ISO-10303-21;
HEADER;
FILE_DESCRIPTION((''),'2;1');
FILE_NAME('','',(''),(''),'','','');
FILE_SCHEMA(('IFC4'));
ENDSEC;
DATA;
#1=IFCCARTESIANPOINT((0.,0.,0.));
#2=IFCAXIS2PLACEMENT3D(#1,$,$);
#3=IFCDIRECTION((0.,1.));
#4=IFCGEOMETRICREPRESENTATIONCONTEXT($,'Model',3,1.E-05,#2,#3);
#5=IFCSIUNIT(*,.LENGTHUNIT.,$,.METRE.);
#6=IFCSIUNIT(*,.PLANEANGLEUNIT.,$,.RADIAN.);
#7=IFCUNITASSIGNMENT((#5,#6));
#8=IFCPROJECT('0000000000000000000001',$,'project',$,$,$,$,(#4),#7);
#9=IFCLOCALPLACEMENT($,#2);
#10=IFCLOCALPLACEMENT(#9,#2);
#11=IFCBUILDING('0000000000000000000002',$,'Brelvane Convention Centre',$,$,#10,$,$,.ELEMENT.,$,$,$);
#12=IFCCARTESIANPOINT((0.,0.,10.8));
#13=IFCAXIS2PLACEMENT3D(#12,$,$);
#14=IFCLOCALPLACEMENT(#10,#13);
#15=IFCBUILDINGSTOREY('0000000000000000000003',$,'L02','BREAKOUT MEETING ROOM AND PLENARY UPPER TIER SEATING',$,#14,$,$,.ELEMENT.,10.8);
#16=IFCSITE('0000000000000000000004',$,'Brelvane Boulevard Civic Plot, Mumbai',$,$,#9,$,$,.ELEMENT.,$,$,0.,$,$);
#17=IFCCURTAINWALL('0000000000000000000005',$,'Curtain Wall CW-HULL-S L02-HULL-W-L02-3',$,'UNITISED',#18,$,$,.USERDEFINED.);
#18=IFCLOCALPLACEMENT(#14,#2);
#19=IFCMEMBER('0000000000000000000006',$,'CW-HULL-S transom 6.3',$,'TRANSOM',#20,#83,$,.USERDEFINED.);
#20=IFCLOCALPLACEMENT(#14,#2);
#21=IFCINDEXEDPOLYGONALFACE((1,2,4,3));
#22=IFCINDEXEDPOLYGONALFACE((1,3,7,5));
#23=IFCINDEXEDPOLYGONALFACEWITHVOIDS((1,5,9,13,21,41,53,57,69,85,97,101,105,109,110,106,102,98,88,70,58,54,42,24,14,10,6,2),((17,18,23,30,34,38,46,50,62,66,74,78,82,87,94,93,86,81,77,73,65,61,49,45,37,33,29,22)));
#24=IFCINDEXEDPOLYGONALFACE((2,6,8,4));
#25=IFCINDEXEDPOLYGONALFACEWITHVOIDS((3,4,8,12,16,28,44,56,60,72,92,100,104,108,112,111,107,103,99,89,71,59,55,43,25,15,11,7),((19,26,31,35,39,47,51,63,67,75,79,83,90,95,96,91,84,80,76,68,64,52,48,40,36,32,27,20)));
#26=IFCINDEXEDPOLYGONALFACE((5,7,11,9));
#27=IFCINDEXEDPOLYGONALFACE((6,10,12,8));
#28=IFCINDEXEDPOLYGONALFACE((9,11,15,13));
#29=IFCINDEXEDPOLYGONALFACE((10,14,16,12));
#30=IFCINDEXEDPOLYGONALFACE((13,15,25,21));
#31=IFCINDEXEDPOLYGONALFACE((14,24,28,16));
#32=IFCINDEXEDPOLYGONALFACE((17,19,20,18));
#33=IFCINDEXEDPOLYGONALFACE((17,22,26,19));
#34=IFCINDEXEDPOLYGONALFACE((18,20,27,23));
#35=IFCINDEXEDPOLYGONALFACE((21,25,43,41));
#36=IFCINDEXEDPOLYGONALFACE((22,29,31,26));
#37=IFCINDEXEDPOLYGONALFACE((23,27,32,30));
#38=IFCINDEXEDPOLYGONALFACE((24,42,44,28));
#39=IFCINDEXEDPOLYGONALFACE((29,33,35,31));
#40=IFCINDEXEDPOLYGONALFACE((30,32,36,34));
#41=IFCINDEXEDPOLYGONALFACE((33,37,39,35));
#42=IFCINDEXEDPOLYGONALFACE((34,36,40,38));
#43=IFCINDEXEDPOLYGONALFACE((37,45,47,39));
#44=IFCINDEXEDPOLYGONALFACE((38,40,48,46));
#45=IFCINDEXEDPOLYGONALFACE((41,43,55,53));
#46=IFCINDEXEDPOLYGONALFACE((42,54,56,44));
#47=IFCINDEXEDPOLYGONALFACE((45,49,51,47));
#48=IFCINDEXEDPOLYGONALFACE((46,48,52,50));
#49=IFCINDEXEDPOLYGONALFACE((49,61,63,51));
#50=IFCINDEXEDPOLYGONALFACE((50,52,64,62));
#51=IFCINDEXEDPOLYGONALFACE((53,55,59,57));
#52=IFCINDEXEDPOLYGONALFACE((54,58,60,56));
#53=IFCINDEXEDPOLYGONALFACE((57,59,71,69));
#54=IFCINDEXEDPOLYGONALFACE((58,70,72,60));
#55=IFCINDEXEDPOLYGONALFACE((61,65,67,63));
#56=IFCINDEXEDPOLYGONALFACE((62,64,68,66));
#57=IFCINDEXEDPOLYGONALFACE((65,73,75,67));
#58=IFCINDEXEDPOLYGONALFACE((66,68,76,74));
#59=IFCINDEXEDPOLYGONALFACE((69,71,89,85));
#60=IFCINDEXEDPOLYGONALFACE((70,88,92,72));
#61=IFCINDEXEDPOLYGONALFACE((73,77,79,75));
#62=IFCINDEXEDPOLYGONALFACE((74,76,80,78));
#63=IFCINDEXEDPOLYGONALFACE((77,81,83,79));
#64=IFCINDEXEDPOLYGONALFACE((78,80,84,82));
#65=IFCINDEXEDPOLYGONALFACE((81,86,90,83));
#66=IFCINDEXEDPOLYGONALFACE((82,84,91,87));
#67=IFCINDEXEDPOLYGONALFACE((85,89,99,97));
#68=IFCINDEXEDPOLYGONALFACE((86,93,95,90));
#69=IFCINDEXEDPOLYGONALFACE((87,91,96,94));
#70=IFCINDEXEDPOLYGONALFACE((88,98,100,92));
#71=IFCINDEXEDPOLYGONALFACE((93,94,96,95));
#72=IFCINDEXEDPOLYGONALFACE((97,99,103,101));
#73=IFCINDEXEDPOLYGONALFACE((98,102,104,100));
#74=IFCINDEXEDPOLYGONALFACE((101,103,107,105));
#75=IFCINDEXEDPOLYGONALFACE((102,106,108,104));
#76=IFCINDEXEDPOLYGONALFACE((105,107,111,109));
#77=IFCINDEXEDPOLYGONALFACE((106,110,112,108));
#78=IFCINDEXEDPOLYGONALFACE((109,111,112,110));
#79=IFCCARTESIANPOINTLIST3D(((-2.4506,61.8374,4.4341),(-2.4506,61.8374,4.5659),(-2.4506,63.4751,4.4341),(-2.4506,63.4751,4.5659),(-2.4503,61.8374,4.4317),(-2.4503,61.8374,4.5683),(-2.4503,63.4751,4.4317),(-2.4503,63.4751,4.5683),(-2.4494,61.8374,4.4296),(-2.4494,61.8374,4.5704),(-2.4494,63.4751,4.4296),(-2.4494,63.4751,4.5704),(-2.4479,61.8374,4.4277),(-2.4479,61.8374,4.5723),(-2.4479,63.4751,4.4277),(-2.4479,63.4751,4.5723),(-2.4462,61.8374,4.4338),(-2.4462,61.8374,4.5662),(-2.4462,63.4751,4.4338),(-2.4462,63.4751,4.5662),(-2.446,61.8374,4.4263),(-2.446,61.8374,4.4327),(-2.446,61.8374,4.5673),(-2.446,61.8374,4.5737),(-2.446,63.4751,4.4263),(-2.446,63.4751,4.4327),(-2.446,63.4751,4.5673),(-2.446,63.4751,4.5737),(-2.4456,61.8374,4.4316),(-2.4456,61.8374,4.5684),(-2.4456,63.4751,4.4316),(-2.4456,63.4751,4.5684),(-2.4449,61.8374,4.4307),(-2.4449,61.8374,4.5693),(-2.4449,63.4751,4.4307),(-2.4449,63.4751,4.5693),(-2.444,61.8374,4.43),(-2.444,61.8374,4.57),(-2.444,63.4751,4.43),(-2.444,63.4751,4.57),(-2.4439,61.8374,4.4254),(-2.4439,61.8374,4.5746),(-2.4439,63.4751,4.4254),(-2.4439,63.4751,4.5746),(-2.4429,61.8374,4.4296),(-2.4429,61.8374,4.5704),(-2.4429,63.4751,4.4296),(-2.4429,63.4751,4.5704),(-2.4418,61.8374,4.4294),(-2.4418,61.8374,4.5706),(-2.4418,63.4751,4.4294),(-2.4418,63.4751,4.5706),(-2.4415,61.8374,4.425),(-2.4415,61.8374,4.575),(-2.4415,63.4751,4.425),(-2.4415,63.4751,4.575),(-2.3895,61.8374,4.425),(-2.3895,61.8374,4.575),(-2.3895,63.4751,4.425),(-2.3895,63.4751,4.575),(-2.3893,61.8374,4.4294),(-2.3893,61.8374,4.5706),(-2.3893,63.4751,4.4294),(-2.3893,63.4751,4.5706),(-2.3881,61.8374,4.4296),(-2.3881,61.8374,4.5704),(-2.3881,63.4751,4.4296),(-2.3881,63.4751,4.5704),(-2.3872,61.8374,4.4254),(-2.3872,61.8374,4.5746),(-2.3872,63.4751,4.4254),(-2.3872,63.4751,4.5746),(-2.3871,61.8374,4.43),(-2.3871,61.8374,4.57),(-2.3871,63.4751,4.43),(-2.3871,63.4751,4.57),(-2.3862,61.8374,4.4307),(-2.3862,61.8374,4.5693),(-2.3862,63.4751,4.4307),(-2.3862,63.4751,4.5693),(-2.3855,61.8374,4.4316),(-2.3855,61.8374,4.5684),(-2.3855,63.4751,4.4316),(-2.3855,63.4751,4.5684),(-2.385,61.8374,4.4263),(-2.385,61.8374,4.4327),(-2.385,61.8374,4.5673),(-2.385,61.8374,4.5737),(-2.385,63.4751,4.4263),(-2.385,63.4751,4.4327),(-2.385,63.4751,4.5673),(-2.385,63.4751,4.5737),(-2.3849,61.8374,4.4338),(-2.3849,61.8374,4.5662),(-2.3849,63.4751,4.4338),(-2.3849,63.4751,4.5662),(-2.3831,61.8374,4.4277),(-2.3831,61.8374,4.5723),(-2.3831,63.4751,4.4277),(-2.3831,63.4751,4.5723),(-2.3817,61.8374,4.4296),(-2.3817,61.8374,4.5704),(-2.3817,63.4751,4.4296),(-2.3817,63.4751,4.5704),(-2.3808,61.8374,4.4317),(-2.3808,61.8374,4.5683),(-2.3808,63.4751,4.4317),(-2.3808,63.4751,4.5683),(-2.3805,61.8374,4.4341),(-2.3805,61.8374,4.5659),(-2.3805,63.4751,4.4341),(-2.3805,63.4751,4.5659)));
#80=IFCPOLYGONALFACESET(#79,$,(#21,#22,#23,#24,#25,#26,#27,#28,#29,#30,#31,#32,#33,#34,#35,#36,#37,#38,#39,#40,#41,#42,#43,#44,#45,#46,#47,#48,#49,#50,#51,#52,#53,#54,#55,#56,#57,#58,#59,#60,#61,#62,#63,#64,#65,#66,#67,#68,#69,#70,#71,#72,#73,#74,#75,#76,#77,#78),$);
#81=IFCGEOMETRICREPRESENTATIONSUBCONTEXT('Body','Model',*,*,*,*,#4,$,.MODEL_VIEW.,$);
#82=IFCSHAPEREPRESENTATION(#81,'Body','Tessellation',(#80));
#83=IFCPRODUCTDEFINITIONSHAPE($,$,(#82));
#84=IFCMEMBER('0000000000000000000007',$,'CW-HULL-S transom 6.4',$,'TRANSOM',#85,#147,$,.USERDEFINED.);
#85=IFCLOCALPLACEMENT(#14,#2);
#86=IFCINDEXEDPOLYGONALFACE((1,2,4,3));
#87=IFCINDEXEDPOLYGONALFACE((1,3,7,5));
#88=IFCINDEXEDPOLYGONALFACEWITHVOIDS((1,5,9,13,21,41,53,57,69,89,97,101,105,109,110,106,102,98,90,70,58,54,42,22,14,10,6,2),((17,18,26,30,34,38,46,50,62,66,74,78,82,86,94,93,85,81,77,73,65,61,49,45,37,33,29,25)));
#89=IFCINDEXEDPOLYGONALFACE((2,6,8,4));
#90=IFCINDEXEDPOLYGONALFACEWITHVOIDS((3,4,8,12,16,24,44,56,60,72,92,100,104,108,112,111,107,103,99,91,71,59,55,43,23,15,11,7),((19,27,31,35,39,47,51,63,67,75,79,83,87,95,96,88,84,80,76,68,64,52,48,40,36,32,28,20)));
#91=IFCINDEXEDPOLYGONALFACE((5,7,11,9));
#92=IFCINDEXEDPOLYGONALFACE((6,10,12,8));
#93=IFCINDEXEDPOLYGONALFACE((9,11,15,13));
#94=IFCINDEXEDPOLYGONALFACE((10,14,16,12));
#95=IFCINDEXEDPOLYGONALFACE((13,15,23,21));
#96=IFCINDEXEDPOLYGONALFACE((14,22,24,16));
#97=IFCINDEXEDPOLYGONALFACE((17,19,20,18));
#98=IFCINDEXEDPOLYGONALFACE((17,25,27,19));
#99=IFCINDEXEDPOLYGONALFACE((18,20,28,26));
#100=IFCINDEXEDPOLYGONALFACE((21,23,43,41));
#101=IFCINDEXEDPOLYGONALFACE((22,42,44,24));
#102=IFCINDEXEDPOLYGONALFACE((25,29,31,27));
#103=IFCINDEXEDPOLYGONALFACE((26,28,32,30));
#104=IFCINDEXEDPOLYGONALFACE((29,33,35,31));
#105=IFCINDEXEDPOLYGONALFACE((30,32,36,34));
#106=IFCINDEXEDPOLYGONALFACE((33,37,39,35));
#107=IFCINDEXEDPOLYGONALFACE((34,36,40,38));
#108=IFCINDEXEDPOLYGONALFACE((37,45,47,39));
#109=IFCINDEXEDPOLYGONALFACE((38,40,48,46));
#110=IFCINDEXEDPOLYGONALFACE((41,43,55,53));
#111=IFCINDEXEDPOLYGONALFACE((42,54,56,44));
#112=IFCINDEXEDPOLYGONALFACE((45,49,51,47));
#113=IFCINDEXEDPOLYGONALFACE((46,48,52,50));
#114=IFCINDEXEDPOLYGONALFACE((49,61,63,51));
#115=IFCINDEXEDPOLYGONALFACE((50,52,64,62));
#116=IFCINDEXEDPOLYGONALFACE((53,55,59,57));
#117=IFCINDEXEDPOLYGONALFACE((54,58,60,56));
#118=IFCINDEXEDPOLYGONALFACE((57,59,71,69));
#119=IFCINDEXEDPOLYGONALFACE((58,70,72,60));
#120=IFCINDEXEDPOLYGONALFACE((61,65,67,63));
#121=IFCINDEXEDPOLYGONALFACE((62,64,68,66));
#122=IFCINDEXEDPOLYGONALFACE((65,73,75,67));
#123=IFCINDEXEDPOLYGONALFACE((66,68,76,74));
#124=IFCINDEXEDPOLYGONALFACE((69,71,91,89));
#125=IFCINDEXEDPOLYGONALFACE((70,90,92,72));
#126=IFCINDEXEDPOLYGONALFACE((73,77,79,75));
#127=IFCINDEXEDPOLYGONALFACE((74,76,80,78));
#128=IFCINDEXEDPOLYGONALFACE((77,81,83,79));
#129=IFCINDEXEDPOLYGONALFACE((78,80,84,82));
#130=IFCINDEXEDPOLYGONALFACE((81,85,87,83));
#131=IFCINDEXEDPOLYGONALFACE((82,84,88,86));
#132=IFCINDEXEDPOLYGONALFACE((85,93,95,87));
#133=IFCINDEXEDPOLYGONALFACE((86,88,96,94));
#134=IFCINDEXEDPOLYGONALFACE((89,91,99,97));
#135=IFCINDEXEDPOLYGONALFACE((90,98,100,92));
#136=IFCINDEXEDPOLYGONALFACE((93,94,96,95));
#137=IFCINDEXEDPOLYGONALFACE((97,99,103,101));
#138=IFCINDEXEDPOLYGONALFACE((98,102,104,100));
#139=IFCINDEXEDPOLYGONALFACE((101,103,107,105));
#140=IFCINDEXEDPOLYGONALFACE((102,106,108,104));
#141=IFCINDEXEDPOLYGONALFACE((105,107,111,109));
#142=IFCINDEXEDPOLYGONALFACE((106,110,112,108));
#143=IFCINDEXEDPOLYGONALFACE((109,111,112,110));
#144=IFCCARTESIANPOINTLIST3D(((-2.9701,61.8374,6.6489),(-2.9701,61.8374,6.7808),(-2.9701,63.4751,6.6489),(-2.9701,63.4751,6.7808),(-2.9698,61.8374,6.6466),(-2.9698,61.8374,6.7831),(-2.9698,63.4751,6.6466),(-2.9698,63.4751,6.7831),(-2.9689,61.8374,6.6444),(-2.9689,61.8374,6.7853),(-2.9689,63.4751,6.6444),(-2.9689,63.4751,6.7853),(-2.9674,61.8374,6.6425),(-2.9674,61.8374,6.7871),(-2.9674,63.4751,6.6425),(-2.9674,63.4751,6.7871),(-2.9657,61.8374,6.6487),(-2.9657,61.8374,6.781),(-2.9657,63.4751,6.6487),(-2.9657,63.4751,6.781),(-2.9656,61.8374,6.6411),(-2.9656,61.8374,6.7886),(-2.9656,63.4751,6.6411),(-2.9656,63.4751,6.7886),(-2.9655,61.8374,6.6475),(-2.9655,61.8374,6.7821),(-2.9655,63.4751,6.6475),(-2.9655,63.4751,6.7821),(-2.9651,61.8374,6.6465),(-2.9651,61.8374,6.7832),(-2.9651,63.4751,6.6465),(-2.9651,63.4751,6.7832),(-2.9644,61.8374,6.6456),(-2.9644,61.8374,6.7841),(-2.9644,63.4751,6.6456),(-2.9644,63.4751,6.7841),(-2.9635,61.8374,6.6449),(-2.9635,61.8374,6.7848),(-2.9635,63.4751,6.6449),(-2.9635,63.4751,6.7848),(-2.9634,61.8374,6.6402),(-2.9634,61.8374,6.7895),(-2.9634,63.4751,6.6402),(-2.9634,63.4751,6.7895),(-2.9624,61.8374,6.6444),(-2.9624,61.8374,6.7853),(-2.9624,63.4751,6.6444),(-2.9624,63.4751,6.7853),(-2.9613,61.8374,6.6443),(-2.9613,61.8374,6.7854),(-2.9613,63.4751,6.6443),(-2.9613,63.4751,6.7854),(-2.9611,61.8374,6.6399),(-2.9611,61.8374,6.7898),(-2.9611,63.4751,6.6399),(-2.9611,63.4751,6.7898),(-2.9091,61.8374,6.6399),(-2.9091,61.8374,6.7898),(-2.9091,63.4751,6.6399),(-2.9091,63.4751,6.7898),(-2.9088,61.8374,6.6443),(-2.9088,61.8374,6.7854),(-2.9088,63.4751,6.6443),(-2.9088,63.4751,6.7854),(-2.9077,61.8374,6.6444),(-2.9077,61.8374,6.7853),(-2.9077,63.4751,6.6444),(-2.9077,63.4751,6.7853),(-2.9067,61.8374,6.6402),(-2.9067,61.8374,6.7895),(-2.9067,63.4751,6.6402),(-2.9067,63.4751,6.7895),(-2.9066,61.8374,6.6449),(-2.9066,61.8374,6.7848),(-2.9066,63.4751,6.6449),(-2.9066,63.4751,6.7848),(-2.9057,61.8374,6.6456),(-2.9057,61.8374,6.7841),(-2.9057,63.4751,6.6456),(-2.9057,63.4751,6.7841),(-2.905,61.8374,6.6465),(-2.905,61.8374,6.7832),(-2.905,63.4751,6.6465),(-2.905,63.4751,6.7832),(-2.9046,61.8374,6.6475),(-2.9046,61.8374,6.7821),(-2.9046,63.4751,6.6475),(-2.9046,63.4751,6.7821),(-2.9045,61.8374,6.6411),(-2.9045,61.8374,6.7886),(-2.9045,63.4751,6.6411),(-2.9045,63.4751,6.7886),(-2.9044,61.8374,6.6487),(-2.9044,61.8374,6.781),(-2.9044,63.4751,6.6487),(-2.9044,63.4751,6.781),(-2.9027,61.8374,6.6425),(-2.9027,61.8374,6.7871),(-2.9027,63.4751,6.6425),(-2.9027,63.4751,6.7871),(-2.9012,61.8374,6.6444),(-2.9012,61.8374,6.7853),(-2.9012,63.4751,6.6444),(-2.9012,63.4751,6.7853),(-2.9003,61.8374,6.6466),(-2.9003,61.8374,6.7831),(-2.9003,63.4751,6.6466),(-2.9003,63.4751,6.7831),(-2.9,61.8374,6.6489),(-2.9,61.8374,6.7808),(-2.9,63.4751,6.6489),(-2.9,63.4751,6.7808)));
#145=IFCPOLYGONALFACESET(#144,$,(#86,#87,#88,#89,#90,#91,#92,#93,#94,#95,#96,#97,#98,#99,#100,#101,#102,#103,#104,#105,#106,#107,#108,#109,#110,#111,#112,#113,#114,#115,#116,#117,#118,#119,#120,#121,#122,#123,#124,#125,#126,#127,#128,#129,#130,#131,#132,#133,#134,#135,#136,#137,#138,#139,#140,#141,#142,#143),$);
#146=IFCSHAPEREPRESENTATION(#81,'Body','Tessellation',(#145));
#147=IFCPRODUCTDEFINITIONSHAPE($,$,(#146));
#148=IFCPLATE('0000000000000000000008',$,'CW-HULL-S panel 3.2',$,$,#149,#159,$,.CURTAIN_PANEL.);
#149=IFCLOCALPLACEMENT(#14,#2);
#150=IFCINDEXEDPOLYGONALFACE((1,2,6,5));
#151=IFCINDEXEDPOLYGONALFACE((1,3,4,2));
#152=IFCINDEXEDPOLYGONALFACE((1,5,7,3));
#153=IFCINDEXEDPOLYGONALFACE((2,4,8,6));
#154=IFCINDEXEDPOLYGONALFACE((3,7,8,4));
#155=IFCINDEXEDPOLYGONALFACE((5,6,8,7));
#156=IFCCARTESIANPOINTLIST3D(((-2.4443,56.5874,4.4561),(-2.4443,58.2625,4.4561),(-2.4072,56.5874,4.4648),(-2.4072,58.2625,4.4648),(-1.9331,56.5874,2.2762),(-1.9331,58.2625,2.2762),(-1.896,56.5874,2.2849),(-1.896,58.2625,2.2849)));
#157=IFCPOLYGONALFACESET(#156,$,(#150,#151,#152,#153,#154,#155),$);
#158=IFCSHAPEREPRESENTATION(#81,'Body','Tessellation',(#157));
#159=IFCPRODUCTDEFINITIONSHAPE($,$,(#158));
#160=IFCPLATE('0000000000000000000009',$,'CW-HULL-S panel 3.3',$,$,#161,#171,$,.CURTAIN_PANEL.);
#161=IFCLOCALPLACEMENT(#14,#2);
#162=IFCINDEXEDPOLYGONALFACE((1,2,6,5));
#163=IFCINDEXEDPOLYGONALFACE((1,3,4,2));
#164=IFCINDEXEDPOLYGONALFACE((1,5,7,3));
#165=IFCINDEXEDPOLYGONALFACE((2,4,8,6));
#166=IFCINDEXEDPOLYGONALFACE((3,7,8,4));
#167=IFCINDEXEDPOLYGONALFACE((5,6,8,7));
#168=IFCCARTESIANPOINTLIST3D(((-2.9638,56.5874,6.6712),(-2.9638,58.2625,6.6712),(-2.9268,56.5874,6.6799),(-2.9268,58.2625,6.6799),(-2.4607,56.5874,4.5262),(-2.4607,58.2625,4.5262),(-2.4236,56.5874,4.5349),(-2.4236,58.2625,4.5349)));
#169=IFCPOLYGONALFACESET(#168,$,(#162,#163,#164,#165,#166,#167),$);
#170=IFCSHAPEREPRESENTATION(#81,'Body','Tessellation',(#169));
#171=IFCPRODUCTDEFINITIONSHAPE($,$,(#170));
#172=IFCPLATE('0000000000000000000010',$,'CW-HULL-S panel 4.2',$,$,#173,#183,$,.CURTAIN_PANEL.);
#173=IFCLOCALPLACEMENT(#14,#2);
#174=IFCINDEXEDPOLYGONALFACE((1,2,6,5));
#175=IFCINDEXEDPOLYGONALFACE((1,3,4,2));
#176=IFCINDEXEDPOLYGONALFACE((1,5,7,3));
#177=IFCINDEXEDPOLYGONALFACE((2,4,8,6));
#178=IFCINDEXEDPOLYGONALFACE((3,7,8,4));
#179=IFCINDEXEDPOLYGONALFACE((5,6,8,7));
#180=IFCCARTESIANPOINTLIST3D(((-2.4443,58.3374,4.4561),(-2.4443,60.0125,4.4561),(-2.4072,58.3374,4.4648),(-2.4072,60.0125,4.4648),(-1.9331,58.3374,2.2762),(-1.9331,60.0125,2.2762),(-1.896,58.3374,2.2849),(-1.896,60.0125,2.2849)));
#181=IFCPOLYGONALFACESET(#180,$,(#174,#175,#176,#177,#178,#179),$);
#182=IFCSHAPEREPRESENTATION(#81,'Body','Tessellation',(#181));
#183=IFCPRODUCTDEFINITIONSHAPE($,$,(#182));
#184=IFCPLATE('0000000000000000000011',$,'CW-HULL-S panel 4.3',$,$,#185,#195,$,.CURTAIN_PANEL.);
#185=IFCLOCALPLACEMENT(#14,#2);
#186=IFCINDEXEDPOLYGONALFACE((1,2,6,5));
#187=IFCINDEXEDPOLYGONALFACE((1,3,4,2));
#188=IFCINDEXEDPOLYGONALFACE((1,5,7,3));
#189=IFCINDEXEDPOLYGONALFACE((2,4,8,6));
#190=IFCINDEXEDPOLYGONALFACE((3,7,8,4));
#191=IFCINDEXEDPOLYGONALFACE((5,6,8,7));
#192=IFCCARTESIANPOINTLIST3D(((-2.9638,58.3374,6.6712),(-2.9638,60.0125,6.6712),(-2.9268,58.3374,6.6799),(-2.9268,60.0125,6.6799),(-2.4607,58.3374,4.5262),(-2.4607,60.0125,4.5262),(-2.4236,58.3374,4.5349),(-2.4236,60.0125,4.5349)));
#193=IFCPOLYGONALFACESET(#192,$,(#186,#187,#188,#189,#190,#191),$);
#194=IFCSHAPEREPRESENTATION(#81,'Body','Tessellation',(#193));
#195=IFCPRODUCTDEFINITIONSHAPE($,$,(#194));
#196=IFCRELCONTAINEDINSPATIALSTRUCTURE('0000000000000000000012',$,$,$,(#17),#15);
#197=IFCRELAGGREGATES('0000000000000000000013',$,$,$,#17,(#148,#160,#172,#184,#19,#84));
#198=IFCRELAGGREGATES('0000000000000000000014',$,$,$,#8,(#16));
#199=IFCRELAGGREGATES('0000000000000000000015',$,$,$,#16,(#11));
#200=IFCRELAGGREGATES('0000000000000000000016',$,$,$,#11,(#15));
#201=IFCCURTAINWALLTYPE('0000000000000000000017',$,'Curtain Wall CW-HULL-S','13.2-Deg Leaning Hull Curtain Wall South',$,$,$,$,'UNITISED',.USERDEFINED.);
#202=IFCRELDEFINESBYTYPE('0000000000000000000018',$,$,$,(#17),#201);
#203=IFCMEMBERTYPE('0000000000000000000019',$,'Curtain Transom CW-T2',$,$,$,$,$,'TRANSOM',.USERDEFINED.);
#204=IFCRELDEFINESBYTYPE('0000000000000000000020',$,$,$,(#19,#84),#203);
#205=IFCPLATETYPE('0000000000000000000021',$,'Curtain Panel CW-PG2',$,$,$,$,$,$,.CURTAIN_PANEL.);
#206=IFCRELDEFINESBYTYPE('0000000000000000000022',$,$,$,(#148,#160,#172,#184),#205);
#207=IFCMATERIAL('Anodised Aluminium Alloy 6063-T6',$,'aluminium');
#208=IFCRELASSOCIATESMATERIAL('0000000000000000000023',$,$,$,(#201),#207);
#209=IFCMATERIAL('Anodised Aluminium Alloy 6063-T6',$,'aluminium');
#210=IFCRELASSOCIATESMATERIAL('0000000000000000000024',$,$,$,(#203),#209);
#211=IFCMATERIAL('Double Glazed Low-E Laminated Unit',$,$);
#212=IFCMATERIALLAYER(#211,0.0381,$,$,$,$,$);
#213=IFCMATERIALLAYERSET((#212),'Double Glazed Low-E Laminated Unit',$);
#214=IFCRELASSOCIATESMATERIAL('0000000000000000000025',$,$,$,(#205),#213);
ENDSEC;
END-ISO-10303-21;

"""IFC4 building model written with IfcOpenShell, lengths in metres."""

from ifc_helpers import new_model, si_unit, direction, frame, origin, origin_2d, place, context, subcontext, project, spatial, polyline, hollow_rectangle, outline, extrude, material, layer, layer_set, material_profile, profile_set, type_object, element, aggregate, save


model = new_model("IFC4")

# Units and contexts
model_context = context("Model", 3, precision=1e-05, world=origin(), true_north=direction((0.0, 1.0)))
body_context = subcontext(model_context, "Body", "Model", "MODEL_VIEW")
ifc_project = project(units=[si_unit("LENGTHUNIT", "METRE"), si_unit("PLANEANGLEUNIT", "RADIAN")], contexts=[model_context])

# Site, building, storey
site_placement = place(None, origin())
site = spatial("IfcSite", under=ifc_project, at=site_placement, Name="Brelvane Boulevard Civic Plot, Mumbai", CompositionType="ELEMENT", RefElevation=0.0)
building_placement = place(site_placement, origin())
building = spatial("IfcBuilding", under=site, at=building_placement, Name="Brelvane Convention Centre", CompositionType="ELEMENT")
storey_placement = place(building_placement, frame((0.0, 0.0, 10.8)))
storey = spatial("IfcBuildingStorey", under=building, at=storey_placement, Name="L02", Description="BREAKOUT MEETING ROOM AND PLENARY UPPER TIER SEATING", CompositionType="ELEMENT", Elevation=10.8)

# Curtain wall, members, plates
ifc_material_1 = material(Name="Anodised Aluminium Alloy 6063-T6", Category="aluminium")
curtain_wall_type = type_object("IfcCurtainWallType", Name="Curtain Wall CW-HULL-S", Description="13.2-Deg Leaning Hull Curtain Wall South", ElementType="UNITISED", PredefinedType="USERDEFINED", material=ifc_material_1)
curtain_wall_placement = place(storey_placement, origin())
curtain_wall = element("IfcCurtainWall", 1, at=curtain_wall_placement, inside=storey, type_object=curtain_wall_type, Name="Curtain Wall CW-HULL-S L02-HULL-W-L02-3", ObjectType="UNITISED", PredefinedType="USERDEFINED")
ifc_material_2 = material(Name="Anodised Aluminium Alloy 6063-T6", Category="aluminium")
ifc_material_profile_1 = material_profile(ifc_material_2, hollow_rectangle(XDim=0.0701, YDim=0.1499, WallThickness=0.0044, InnerFilletRadius=0.0044, OuterFilletRadius=0.009, at=origin_2d()), Name="ALU-T 150x70x4.5")
ifc_profile_set_1 = profile_set([ifc_material_profile_1], Name="Anodised Aluminium Alloy 6063-T6")
member_type_1 = type_object("IfcMemberType", Name="Curtain Transom CW-T2", ElementType="TRANSOM", PredefinedType="USERDEFINED", material=ifc_profile_set_1)
member_1_placement = place(storey_placement, frame((-2.4155, 61.8374, 4.5), z_axis=(0.0, 1.0, 0.0), x_axis=(-1.0, 0.0, 0.0)))
member_1 = element("IfcMember", 2, at=member_1_placement, type_object=member_type_1, Name="CW-HULL-S transom 6.3", ObjectType="TRANSOM", PredefinedType="USERDEFINED", context=body_context, shape_type="SweptSolid", body=[
    extrude(hollow_rectangle(XDim=0.0701, YDim=0.1499, WallThickness=0.0044, InnerFilletRadius=0.0044, OuterFilletRadius=0.009, at=origin_2d()), origin(), (0.0, 0.0, 1.0), 1.6377),
])
member_2_placement = place(storey_placement, frame((-2.9351, 61.8374, 6.7148), z_axis=(0.0, 1.0, 0.0), x_axis=(-1.0, 0.0, 0.0)))
member_2 = element("IfcMember", 3, at=member_2_placement, type_object=member_type_1, Name="CW-HULL-S transom 6.4", ObjectType="TRANSOM", PredefinedType="USERDEFINED", context=body_context, shape_type="SweptSolid", body=[
    extrude(hollow_rectangle(XDim=0.0701, YDim=0.1499, WallThickness=0.0044, InnerFilletRadius=0.0044, OuterFilletRadius=0.009, at=origin_2d()), origin(), (0.0, 0.0, 1.0), 1.6377),
])
ifc_material_3 = material(Name="Double Glazed Low-E Laminated Unit")
ifc_layer_1 = layer(ifc_material_3, 0.0381)
ifc_layer_set_1 = layer_set([ifc_layer_1], Name="Double Glazed Low-E Laminated Unit")
plate_type_1 = type_object("IfcPlateType", Name="Curtain Panel CW-PG2", PredefinedType="CURTAIN_PANEL", material=ifc_layer_set_1)
plate_1_placement = place(storey_placement, frame((-1.896, 56.5874, 2.2849), z_axis=(0.973586, 0.0, 0.228322), x_axis=(0.0, 1.0, 0.0)))
plate_1 = element("IfcPlate", 4, at=plate_1_placement, type_object=plate_type_1, Name="CW-HULL-S panel 3.2", PredefinedType="CURTAIN_PANEL", context=body_context, shape_type="SweptSolid", body=[
    extrude(outline(polyline([(0.0, 0.0), (1.675, 0.0), (1.675, 2.2391), (0.0, 2.2391), (0.0, 0.0)])), origin(), (0.0, 0.0, -1.0), 0.0381),
])
plate_2_placement = place(storey_placement, frame((-2.4236, 56.5874, 4.5349), z_axis=(0.973572, 0.0, 0.228378), x_axis=(0.0, 1.0, 0.0)))
plate_2 = element("IfcPlate", 5, at=plate_2_placement, type_object=plate_type_1, Name="CW-HULL-S panel 3.3", PredefinedType="CURTAIN_PANEL", context=body_context, shape_type="SweptSolid", body=[
    extrude(outline(polyline([(0.0, 0.0), (1.675, 0.0), (1.675, 2.2032), (0.0, 2.2032), (0.0, 0.0)])), origin(), (0.0, 0.0, -1.0), 0.0381),
])
plate_3_placement = place(storey_placement, frame((-1.896, 58.3374, 2.2849), z_axis=(0.973586, 0.0, 0.228322), x_axis=(0.0, 1.0, 0.0)))
plate_3 = element("IfcPlate", 6, at=plate_3_placement, type_object=plate_type_1, Name="CW-HULL-S panel 4.2", PredefinedType="CURTAIN_PANEL", context=body_context, shape_type="SweptSolid", body=[
    extrude(outline(polyline([(0.0, 0.0), (1.675, 0.0), (1.675, 2.2391), (0.0, 2.2391), (0.0, 0.0)])), origin(), (0.0, 0.0, -1.0), 0.0381),
])
plate_4_placement = place(storey_placement, frame((-2.4236, 58.3374, 4.5349), z_axis=(0.973572, 0.0, 0.228378), x_axis=(0.0, 1.0, 0.0)))
plate_4 = element("IfcPlate", 7, at=plate_4_placement, type_object=plate_type_1, Name="CW-HULL-S panel 4.3", PredefinedType="CURTAIN_PANEL", context=body_context, shape_type="SweptSolid", body=[
    extrude(outline(polyline([(0.0, 0.0), (1.675, 0.0), (1.675, 2.2032), (0.0, 2.2032), (0.0, 0.0)])), origin(), (0.0, 0.0, -1.0), 0.0381),
])
aggregate(curtain_wall, [plate_1, plate_2, plate_3, plate_4, member_1, member_2])

save(model, "model.ifc")
